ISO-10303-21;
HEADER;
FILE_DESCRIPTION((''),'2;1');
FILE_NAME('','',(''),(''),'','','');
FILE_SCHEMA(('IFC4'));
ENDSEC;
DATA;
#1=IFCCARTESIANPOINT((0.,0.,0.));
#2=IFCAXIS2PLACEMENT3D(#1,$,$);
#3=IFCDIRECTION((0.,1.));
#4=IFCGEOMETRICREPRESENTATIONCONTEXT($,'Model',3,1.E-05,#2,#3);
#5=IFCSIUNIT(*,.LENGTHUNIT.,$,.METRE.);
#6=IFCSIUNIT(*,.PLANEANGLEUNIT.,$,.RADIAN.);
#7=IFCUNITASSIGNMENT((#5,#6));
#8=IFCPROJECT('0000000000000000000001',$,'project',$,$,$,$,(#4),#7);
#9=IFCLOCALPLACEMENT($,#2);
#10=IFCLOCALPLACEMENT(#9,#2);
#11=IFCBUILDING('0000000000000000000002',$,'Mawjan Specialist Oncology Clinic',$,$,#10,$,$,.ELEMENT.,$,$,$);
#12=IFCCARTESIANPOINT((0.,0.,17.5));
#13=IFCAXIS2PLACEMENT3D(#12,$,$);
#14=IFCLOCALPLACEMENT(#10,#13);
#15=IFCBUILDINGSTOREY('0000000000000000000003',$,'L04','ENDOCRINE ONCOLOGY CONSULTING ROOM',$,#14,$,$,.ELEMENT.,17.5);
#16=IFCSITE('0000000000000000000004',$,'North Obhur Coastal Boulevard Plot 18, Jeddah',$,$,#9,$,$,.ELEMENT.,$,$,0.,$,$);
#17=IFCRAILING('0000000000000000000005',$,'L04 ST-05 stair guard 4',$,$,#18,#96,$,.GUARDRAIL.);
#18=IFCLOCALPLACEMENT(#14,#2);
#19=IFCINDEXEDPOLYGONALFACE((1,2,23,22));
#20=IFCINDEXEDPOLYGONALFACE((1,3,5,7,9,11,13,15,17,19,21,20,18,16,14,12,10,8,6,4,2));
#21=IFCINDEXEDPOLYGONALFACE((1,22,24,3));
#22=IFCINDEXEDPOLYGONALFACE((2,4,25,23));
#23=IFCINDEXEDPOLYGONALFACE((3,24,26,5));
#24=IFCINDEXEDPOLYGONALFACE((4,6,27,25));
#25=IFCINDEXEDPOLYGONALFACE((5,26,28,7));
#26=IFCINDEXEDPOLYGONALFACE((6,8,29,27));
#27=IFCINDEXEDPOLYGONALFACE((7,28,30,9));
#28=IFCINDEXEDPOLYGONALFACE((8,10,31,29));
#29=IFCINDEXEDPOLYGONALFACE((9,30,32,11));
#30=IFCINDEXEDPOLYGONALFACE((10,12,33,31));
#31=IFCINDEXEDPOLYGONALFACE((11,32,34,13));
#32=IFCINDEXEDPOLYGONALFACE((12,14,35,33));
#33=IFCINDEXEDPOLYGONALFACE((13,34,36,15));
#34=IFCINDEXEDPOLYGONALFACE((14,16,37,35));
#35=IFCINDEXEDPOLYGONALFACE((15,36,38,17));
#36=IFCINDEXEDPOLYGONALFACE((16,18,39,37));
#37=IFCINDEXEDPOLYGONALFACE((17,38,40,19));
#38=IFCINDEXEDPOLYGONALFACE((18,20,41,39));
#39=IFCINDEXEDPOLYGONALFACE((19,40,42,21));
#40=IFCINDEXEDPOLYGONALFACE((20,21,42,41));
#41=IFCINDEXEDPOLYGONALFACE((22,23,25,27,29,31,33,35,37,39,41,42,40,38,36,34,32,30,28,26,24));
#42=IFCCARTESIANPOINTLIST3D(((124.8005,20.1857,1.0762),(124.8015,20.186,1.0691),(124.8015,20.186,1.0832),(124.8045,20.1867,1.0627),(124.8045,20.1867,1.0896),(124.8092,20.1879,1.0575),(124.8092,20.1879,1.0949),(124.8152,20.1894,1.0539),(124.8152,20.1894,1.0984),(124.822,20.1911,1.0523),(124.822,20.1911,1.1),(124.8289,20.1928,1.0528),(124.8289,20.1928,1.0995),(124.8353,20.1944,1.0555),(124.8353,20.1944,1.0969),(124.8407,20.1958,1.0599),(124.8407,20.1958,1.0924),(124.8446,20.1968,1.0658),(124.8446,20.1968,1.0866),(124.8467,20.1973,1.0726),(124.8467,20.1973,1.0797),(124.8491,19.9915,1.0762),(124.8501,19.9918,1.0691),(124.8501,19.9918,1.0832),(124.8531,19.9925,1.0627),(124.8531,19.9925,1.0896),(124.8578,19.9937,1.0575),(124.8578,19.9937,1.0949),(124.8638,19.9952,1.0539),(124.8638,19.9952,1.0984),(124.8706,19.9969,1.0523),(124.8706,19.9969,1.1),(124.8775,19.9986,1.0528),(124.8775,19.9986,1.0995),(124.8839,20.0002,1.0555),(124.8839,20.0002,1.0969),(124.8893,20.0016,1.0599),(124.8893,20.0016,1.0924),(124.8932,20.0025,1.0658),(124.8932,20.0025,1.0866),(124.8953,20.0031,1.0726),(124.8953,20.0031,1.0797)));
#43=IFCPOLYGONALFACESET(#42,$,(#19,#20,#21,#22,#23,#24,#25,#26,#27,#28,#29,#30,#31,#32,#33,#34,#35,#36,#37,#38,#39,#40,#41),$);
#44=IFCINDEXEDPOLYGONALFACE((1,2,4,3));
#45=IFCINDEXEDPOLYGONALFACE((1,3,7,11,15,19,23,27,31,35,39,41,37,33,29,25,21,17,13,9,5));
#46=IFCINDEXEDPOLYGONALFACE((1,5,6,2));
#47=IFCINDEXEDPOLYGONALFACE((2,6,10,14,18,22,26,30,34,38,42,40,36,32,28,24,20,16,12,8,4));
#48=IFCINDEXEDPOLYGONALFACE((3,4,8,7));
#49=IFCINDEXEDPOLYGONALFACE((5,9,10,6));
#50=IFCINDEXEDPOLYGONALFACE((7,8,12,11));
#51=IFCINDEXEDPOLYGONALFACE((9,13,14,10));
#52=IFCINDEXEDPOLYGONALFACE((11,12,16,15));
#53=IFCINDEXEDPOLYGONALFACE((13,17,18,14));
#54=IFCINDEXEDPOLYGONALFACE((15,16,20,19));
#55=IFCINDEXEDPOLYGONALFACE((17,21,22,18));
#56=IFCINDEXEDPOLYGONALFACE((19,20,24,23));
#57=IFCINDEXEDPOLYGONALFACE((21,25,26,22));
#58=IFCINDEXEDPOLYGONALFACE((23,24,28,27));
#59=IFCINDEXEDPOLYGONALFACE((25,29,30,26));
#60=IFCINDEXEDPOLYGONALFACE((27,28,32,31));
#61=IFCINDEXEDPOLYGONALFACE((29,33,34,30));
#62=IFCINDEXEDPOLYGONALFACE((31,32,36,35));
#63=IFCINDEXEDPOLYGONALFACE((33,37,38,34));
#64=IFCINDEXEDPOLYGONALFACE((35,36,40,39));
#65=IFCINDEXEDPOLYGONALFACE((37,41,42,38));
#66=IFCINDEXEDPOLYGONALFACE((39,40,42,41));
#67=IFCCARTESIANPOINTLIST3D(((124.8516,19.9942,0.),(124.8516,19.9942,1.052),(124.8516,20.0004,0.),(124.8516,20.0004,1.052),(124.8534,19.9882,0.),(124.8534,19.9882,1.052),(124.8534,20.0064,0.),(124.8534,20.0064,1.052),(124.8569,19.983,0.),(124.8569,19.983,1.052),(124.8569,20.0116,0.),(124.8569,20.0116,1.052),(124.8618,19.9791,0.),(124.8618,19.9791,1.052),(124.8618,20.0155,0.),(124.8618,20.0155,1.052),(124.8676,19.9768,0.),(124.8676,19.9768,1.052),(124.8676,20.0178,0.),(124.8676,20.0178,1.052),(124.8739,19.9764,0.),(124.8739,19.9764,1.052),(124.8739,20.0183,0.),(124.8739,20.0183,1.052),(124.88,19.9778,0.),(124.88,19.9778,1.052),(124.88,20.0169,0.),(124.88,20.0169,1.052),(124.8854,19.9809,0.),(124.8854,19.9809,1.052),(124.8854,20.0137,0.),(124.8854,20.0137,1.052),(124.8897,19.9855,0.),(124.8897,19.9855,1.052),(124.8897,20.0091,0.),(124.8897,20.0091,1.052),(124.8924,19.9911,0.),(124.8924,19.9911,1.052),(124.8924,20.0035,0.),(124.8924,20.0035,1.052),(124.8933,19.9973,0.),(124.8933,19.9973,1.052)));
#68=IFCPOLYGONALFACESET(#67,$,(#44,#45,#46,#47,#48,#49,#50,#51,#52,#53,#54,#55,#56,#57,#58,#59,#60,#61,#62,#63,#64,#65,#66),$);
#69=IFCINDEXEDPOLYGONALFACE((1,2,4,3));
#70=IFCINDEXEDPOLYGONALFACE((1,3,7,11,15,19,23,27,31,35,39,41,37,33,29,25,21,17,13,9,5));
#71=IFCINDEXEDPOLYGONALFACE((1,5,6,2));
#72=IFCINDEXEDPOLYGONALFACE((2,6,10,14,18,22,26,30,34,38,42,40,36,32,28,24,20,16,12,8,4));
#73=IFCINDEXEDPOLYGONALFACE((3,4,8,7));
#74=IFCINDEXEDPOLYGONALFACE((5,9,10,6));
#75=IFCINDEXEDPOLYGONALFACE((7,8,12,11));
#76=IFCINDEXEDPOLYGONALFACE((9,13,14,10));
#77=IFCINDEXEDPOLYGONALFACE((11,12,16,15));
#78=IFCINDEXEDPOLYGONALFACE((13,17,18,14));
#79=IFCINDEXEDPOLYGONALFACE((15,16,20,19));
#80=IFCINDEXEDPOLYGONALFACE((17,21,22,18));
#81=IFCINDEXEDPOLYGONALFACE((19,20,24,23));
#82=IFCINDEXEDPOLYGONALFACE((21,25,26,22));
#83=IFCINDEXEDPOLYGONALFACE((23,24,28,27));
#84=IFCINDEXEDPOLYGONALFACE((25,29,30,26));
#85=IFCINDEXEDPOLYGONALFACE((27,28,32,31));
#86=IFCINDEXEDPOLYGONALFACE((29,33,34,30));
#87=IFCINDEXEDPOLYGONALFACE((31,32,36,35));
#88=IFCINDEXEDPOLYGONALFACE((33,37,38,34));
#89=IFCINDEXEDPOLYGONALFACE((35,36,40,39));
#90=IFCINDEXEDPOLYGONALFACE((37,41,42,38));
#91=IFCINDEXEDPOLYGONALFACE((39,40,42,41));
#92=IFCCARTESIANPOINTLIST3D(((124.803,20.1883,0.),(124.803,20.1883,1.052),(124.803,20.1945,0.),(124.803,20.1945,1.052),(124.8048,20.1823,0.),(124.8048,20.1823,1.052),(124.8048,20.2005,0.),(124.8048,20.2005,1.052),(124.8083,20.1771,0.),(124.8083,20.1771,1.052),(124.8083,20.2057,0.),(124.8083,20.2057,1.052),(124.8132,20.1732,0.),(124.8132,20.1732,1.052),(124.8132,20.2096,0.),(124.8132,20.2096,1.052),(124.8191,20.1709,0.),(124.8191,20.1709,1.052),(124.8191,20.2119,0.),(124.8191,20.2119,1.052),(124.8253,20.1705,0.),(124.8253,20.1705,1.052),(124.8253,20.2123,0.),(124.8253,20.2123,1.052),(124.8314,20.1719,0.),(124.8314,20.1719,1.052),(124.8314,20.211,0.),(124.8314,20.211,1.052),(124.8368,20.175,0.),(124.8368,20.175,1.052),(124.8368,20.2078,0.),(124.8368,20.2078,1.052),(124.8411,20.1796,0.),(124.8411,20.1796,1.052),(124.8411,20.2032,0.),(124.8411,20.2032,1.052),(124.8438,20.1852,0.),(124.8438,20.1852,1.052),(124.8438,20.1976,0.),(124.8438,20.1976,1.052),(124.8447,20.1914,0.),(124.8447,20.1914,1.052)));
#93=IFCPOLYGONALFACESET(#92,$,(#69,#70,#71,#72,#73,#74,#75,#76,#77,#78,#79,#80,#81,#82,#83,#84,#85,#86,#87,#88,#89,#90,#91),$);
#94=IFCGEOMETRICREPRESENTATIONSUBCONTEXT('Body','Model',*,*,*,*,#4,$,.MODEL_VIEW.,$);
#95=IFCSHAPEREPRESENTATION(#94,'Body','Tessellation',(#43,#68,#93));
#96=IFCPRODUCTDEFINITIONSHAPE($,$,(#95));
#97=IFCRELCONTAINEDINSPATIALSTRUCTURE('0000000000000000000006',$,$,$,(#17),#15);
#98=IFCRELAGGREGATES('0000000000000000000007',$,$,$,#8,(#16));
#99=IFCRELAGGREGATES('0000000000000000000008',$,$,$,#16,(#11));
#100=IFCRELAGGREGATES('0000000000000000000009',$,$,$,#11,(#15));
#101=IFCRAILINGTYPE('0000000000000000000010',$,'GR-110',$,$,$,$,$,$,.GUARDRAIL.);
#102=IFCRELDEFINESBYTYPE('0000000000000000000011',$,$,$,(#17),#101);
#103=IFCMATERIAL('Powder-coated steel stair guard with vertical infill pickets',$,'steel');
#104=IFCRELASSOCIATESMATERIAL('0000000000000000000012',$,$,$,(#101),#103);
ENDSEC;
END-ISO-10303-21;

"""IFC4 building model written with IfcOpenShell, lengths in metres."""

from ifc_helpers import new_model, si_unit, direction, frame, origin, origin_2d, place, context, subcontext, project, spatial, circle, extrude, material, type_object, element, save


model = new_model("IFC4")

# Units and contexts
model_context = context("Model", 3, precision=1e-05, world=origin(), true_north=direction((0.0, 1.0)))
body_context = subcontext(model_context, "Body", "Model", "MODEL_VIEW")
ifc_project = project(units=[si_unit("LENGTHUNIT", "METRE"), si_unit("PLANEANGLEUNIT", "RADIAN")], contexts=[model_context])

# Site, building, storey
site_placement = place(None, origin())
site = spatial("IfcSite", under=ifc_project, at=site_placement, Name="North Obhur Coastal Boulevard Plot 18, Jeddah", CompositionType="ELEMENT", RefElevation=0.0)
building_placement = place(site_placement, origin())
building = spatial("IfcBuilding", under=site, at=building_placement, Name="Mawjan Specialist Oncology Clinic", CompositionType="ELEMENT")
storey_placement = place(building_placement, frame((0.0, 0.0, 17.5)))
storey = spatial("IfcBuildingStorey", under=building, at=storey_placement, Name="L04", Description="ENDOCRINE ONCOLOGY CONSULTING ROOM", CompositionType="ELEMENT", Elevation=17.5)

# Railing
ifc_material_1 = material(Name="Powder-coated steel stair guard with vertical infill pickets", Category="steel")
railing_type_1 = type_object("IfcRailingType", Name="GR-110", PredefinedType="GUARDRAIL", material=ifc_material_1)
railing_1_placement = place(storey_placement, frame((124.8723, 19.9973, 0.0)))
element("IfcRailing", 1, at=railing_1_placement, inside=storey, type_object=railing_type_1, Name="L04 ST-05 stair guard 4", PredefinedType="GUARDRAIL", context=body_context, shape_type="SweptSolid", body=[
    extrude(circle(Radius=0.0239, at=origin_2d()), frame((0.0, 0.0, 1.0762), z_axis=(-0.242823, 0.970071, 0.0), x_axis=(-0.970071, -0.242823, 0.0)), (0.0, 0.0, 1.0), 0.2002),
    extrude(circle(Radius=0.021, at=origin_2d()), origin(), (0.0, 0.0, 1.0), 1.052),
    extrude(circle(Radius=0.021, at=origin_2d()), frame((-0.0486, 0.1941, 0.0)), (0.0, 0.0, 1.0), 1.052),
])

save(model, "model.ifc")
